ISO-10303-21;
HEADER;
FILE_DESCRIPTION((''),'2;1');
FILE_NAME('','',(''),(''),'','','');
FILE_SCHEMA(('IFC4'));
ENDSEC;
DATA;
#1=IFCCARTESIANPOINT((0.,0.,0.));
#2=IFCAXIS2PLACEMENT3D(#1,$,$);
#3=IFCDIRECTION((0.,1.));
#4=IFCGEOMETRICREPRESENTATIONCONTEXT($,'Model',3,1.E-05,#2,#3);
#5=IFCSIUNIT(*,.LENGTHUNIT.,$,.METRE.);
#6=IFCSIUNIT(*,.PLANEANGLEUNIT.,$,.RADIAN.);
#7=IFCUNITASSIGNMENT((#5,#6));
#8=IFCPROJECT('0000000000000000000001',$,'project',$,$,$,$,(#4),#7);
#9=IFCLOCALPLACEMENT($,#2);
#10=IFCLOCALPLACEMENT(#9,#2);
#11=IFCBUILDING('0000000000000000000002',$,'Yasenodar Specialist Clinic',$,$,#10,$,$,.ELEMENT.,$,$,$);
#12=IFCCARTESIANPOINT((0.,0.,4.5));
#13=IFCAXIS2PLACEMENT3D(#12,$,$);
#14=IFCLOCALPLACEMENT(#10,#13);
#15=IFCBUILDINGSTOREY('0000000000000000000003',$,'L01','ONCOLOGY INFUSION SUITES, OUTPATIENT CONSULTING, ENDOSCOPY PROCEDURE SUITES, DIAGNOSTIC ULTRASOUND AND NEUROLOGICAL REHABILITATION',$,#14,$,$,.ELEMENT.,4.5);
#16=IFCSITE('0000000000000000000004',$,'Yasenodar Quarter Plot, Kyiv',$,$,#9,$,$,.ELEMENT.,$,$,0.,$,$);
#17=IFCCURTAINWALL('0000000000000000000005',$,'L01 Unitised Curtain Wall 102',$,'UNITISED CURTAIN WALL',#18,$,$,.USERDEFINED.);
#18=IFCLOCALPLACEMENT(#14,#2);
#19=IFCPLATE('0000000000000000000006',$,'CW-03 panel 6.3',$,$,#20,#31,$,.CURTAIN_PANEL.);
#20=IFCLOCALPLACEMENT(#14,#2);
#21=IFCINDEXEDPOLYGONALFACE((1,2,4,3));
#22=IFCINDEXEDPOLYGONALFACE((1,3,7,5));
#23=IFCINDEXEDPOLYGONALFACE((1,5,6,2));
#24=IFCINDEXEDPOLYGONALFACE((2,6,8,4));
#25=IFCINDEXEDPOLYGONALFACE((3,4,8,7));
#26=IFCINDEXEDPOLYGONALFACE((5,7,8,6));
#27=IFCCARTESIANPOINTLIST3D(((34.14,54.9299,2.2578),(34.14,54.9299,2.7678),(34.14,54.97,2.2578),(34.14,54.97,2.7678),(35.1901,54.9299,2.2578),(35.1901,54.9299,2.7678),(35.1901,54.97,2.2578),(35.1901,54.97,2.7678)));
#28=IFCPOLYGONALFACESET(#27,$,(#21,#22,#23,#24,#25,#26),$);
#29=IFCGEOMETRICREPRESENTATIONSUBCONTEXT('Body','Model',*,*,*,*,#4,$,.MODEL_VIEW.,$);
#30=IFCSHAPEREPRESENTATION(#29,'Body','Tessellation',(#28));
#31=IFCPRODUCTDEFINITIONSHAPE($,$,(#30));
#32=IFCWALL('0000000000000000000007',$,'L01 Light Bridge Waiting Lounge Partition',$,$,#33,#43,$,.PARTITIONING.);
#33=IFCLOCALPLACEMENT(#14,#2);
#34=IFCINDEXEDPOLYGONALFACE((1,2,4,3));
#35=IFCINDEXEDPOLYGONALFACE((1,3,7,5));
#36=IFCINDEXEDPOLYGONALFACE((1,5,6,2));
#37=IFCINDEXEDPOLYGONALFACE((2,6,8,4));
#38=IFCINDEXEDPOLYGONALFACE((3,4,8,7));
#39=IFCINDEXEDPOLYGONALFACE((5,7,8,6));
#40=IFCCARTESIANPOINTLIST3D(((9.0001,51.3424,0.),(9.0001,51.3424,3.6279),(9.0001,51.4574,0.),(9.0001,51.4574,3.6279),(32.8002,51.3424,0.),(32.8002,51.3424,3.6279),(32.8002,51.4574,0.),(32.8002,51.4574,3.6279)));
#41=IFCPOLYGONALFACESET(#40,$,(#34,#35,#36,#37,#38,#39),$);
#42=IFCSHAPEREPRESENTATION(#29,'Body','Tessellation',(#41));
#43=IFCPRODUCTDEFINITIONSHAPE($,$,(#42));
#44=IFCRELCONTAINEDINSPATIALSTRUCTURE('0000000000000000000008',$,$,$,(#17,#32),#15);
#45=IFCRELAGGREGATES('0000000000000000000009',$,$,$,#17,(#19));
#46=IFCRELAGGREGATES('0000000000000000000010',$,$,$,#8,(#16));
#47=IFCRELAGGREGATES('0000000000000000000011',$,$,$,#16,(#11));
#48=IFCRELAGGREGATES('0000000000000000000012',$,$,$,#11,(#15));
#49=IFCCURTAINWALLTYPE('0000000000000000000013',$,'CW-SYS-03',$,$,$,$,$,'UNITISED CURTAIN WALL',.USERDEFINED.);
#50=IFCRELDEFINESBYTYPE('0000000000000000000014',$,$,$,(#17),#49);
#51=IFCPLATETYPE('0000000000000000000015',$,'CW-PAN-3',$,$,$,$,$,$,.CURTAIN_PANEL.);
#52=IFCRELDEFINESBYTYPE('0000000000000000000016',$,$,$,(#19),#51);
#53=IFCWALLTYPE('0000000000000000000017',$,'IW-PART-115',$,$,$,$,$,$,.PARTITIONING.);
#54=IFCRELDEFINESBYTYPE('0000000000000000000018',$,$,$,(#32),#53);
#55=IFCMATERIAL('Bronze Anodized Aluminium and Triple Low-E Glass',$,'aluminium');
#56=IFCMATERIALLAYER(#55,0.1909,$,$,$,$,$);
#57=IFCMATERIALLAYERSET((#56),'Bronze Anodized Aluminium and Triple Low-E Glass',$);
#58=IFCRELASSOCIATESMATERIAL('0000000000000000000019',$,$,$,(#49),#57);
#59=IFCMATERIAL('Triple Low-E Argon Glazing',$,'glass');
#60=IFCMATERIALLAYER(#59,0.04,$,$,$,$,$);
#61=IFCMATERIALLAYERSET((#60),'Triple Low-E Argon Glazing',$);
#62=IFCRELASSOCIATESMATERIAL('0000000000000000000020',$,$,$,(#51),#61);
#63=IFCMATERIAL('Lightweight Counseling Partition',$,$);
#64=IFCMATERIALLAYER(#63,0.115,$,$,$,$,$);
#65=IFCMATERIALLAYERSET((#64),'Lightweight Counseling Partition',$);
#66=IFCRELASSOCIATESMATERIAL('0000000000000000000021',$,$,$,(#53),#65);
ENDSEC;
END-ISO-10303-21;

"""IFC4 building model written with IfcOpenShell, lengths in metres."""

from ifc_helpers import new_model, si_unit, direction, frame, frame_2d, origin, origin_2d, place, context, subcontext, project, spatial, rectangle, extrude, material, layer, layer_set, type_object, element, aggregate, save


model = new_model("IFC4")

# Units and contexts
model_context = context("Model", 3, precision=1e-05, world=origin(), true_north=direction((0.0, 1.0)))
body_context = subcontext(model_context, "Body", "Model", "MODEL_VIEW")
ifc_project = project(units=[si_unit("LENGTHUNIT", "METRE"), si_unit("PLANEANGLEUNIT", "RADIAN")], contexts=[model_context])

# Site, building, storey
site_placement = place(None, origin())
site = spatial("IfcSite", under=ifc_project, at=site_placement, Name="Yasenodar Quarter Plot, Kyiv", CompositionType="ELEMENT", RefElevation=0.0)
building_placement = place(site_placement, origin())
building = spatial("IfcBuilding", under=site, at=building_placement, Name="Yasenodar Specialist Clinic", CompositionType="ELEMENT")
storey_placement = place(building_placement, frame((0.0, 0.0, 4.5)))
storey = spatial("IfcBuildingStorey", under=building, at=storey_placement, Name="L01", Description="ONCOLOGY INFUSION SUITES, OUTPATIENT CONSULTING, ENDOSCOPY PROCEDURE SUITES, DIAGNOSTIC ULTRASOUND AND NEUROLOGICAL REHABILITATION", CompositionType="ELEMENT", Elevation=4.5)

# Curtain wall, plate
ifc_material_1 = material(Name="Bronze Anodized Aluminium and Triple Low-E Glass", Category="aluminium")
ifc_layer_1 = layer(ifc_material_1, 0.1909)
ifc_layer_set_1 = layer_set([ifc_layer_1], Name="Bronze Anodized Aluminium and Triple Low-E Glass")
curtain_wall_type = type_object("IfcCurtainWallType", Name="CW-SYS-03", ElementType="UNITISED CURTAIN WALL", PredefinedType="USERDEFINED", material=ifc_layer_set_1)
curtain_wall_placement = place(storey_placement, origin())
curtain_wall = element("IfcCurtainWall", 1, at=curtain_wall_placement, inside=storey, type_object=curtain_wall_type, Name="L01 Unitised Curtain Wall 102", ObjectType="UNITISED CURTAIN WALL", PredefinedType="USERDEFINED")
ifc_material_2 = material(Name="Triple Low-E Argon Glazing", Category="glass")
ifc_layer_2 = layer(ifc_material_2, 0.04)
ifc_layer_set_2 = layer_set([ifc_layer_2], Name="Triple Low-E Argon Glazing")
plate_type = type_object("IfcPlateType", Name="CW-PAN-3", PredefinedType="CURTAIN_PANEL", material=ifc_layer_set_2)
plate_1_placement = place(storey_placement, frame((34.665, 54.95, 2.2578), z_axis=(0.0, 0.0, 1.0), x_axis=(-1.0, 0.0, 0.0)))
plate_1 = element("IfcPlate", 2, at=plate_1_placement, type_object=plate_type, Name="CW-03 panel 6.3", PredefinedType="CURTAIN_PANEL", context=body_context, shape_type="SweptSolid", body=[
    extrude(rectangle(XDim=1.05, YDim=0.04, at=origin_2d()), origin(), (0.0, 0.0, 1.0), 0.51),
])
aggregate(curtain_wall, [plate_1])

# Wall
ifc_material_3 = material(Name="Lightweight Counseling Partition")
ifc_layer_3 = layer(ifc_material_3, 0.115)
ifc_layer_set_3 = layer_set([ifc_layer_3], Name="Lightweight Counseling Partition")
wall_type = type_object("IfcWallType", Name="IW-PART-115", PredefinedType="PARTITIONING", material=ifc_layer_set_3)
wall_placement = place(storey_placement, frame((32.8, 51.3999, 0.0), z_axis=(0.0, 0.0, 1.0), x_axis=(-1.0, 0.0, 0.0)))
element("IfcWall", 3, at=wall_placement, inside=storey, type_object=wall_type, Name="L01 Light Bridge Waiting Lounge Partition", PredefinedType="PARTITIONING", context=body_context, shape_type="SweptSolid", body=[
    extrude(rectangle(XDim=23.8, YDim=0.115, at=frame_2d((11.8999, 0.0))), origin(), (0.0, 0.0, 1.0), 3.6279),
])

save(model, "model.ifc")
